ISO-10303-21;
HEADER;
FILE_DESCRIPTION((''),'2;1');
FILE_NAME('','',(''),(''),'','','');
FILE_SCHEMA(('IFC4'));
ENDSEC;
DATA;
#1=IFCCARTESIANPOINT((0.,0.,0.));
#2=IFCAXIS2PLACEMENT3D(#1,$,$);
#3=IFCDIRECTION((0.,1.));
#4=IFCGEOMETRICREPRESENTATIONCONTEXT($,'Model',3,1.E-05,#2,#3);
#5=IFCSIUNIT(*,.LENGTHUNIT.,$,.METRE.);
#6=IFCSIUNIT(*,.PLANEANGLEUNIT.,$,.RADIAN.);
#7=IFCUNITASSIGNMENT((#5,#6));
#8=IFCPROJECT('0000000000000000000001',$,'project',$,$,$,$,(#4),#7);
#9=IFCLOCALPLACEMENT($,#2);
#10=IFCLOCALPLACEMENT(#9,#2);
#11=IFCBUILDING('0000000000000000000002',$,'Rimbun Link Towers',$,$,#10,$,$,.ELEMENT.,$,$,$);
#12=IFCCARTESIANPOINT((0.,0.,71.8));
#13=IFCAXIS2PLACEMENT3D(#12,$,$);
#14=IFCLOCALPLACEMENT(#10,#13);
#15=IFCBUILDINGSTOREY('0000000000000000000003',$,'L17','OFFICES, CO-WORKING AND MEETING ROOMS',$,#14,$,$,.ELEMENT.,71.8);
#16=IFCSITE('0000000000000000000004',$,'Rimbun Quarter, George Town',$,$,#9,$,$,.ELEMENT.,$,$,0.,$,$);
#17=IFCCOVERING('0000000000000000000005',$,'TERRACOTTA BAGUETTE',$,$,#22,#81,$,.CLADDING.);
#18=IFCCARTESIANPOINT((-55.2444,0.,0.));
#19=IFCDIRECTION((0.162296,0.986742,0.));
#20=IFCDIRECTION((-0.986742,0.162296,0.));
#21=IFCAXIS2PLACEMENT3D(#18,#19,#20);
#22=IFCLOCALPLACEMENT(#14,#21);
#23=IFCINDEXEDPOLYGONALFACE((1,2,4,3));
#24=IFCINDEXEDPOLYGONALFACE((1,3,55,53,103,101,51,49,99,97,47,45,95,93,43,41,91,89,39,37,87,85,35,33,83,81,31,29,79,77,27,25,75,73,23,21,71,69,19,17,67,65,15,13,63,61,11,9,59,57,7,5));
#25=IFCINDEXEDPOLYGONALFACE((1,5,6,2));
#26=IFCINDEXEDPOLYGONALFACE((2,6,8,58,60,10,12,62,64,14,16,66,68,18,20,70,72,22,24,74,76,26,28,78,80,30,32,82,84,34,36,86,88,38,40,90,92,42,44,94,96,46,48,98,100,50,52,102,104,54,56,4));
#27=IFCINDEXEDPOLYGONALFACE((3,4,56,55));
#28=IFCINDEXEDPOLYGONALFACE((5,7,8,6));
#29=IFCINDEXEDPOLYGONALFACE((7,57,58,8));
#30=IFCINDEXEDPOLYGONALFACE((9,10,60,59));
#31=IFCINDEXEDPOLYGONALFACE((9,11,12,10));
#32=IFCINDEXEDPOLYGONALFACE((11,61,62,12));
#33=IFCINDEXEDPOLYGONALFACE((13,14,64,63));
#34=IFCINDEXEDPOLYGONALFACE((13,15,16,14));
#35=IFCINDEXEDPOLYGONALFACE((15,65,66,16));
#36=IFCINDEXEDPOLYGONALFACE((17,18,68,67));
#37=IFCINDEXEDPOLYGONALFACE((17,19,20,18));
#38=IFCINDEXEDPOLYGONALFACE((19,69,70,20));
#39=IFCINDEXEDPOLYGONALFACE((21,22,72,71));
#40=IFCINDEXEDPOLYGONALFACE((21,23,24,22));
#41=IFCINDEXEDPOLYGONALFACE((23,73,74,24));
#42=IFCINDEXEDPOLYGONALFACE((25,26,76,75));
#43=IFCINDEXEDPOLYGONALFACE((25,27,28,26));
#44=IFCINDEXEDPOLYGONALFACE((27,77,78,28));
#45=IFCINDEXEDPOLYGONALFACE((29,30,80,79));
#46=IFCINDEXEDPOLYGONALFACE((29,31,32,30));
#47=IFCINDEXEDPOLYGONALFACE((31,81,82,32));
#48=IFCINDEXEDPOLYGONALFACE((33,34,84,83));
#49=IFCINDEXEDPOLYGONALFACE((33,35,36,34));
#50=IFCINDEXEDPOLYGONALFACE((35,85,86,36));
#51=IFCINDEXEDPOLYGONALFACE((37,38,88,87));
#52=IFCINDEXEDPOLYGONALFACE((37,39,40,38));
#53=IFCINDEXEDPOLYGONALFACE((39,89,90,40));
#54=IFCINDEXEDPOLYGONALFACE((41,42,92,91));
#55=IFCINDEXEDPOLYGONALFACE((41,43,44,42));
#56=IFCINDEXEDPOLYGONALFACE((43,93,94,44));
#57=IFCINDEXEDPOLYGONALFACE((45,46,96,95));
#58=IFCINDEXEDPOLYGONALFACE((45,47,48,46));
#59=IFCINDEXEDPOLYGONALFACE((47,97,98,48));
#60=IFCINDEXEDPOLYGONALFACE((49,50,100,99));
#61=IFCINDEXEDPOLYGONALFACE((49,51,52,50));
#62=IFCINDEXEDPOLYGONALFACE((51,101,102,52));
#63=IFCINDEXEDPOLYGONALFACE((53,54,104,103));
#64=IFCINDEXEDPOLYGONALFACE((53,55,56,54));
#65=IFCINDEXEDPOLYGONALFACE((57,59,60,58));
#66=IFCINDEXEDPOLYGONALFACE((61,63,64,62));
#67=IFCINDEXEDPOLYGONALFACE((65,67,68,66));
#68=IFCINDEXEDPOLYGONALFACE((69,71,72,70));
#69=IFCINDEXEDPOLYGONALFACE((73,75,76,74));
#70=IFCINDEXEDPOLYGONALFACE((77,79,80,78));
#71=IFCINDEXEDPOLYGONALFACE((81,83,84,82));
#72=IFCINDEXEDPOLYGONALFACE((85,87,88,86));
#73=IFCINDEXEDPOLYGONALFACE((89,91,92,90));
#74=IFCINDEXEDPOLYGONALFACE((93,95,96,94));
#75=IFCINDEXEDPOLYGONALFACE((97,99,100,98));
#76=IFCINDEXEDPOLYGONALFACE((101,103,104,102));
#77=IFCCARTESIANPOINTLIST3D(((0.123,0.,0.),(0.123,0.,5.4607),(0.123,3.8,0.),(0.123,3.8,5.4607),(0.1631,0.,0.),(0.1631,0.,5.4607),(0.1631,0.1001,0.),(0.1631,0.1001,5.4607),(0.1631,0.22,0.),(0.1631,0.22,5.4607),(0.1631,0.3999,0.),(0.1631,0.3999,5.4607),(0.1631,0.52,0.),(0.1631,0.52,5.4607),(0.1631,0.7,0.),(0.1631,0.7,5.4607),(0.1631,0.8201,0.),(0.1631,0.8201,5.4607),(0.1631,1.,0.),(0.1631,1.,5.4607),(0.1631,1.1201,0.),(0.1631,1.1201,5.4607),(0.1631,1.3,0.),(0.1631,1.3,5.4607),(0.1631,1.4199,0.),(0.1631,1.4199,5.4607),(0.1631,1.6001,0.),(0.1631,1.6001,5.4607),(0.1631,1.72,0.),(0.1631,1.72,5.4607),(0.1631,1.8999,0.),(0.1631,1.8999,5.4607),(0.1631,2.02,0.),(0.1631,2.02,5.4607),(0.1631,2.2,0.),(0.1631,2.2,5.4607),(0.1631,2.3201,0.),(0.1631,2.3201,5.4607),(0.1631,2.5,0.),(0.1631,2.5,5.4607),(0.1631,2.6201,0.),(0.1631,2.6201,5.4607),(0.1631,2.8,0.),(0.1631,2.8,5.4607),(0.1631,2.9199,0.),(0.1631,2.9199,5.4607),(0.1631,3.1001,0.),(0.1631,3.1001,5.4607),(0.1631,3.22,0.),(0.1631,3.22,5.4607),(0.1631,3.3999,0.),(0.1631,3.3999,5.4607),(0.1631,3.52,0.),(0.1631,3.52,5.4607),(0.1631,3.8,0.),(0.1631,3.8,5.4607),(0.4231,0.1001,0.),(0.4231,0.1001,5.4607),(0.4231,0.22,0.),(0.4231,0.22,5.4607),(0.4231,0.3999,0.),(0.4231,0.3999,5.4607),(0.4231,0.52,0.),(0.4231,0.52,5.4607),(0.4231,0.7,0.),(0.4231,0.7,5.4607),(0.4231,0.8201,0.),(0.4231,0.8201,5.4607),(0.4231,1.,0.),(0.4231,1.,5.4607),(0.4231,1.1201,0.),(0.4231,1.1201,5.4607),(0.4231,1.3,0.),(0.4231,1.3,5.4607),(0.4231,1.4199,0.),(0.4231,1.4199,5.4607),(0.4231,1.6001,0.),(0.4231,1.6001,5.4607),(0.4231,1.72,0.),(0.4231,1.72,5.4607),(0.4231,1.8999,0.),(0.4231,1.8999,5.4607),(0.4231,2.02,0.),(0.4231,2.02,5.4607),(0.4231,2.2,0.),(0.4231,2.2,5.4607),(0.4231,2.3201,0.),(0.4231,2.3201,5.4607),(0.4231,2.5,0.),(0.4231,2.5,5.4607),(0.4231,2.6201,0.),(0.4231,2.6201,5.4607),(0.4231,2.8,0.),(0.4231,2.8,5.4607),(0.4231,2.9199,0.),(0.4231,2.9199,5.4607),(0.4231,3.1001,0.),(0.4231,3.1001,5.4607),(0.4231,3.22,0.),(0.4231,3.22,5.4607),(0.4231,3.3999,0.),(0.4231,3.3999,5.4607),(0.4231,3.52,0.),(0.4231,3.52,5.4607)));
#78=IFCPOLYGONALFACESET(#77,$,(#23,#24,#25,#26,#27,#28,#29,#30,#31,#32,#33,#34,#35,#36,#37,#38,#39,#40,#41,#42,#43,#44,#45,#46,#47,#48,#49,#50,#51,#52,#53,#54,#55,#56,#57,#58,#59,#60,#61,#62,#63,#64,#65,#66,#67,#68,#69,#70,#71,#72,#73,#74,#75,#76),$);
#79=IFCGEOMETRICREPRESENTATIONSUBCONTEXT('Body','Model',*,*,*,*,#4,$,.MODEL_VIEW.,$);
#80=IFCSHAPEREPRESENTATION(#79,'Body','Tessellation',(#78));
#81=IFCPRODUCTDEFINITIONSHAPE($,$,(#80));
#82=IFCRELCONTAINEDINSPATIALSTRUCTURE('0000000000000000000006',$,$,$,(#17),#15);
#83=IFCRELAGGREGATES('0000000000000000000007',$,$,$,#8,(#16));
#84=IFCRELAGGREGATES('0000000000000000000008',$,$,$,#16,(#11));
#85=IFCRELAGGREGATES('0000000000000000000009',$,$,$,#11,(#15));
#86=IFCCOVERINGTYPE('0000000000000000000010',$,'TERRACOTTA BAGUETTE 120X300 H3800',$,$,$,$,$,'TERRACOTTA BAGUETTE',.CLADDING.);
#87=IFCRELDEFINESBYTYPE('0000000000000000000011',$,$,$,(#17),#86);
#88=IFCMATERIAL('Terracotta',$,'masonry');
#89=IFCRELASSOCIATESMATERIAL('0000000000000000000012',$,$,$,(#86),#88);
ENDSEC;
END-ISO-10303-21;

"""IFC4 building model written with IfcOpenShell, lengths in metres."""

from ifc_helpers import new_model, si_unit, direction, frame, origin, place, context, subcontext, project, spatial, polyline, outline, extrude, material, material_profile, profile_set, type_object, element, save


model = new_model("IFC4")

# Units and contexts
model_context = context("Model", 3, precision=1e-05, world=origin(), true_north=direction((0.0, 1.0)))
body_context = subcontext(model_context, "Body", "Model", "MODEL_VIEW")
ifc_project = project(units=[si_unit("LENGTHUNIT", "METRE"), si_unit("PLANEANGLEUNIT", "RADIAN")], contexts=[model_context])

# Site, building, storey
site_placement = place(None, origin())
site = spatial("IfcSite", under=ifc_project, at=site_placement, Name="Rimbun Quarter, George Town", CompositionType="ELEMENT", RefElevation=0.0)
building_placement = place(site_placement, origin())
building = spatial("IfcBuilding", under=site, at=building_placement, Name="Rimbun Link Towers", CompositionType="ELEMENT")
storey_placement = place(building_placement, frame((0.0, 0.0, 71.8)))
storey = spatial("IfcBuildingStorey", under=building, at=storey_placement, Name="L17", Description="OFFICES, CO-WORKING AND MEETING ROOMS", CompositionType="ELEMENT", Elevation=71.8)

# Covering
ifc_material_1 = material(Name="Terracotta", Category="masonry")
ifc_material_profile_1 = material_profile(ifc_material_1, outline(polyline([(0.123, 0.0), (0.1631, 0.0), (0.1631, 0.1001), (0.4231, 0.1001), (0.4231, 0.22), (0.1631, 0.22), (0.1631, 0.3999), (0.4231, 0.3999), (0.4231, 0.52), (0.1631, 0.52), (0.1631, 0.7), (0.4231, 0.7), (0.4231, 0.8201), (0.1631, 0.8201), (0.1631, 1.0), (0.4231, 1.0), (0.4231, 1.1201), (0.1631, 1.1201), (0.1631, 1.3), (0.4231, 1.3), (0.4231, 1.4199), (0.1631, 1.4199), (0.1631, 1.6001), (0.4231, 1.6001), (0.4231, 1.72), (0.1631, 1.72), (0.1631, 1.8999), (0.4231, 1.8999), (0.4231, 2.02), (0.1631, 2.02), (0.1631, 2.2), (0.4231, 2.2), (0.4231, 2.3201), (0.1631, 2.3201), (0.1631, 2.5), (0.4231, 2.5), (0.4231, 2.6201), (0.1631, 2.6201), (0.1631, 2.8), (0.4231, 2.8), (0.4231, 2.9199), (0.1631, 2.9199), (0.1631, 3.1001), (0.4231, 3.1001), (0.4231, 3.22), (0.1631, 3.22), (0.1631, 3.3999), (0.4231, 3.3999), (0.4231, 3.52), (0.1631, 3.52), (0.1631, 3.8), (0.123, 3.8), (0.123, 0.0)])), Name="BAGUETTE 120X300")
ifc_profile_set_1 = profile_set([ifc_material_profile_1], Name="Terracotta")
covering_type = type_object("IfcCoveringType", Name="TERRACOTTA BAGUETTE 120X300 H3800", ElementType="TERRACOTTA BAGUETTE", PredefinedType="CLADDING", material=ifc_profile_set_1)
covering_placement = place(storey_placement, frame((-55.2444, 0.0, 0.0), z_axis=(0.162296, 0.986742, 0.0), x_axis=(-0.986742, 0.162296, 0.0)))
element("IfcCovering", 1, at=covering_placement, inside=storey, type_object=covering_type, Name="TERRACOTTA BAGUETTE", PredefinedType="CLADDING", context=body_context, shape_type="SweptSolid", body=[
    extrude(outline(polyline([(0.123, 0.0), (0.1631, 0.0), (0.1631, 0.1001), (0.4231, 0.1001), (0.4231, 0.22), (0.1631, 0.22), (0.1631, 0.3999), (0.4231, 0.3999), (0.4231, 0.52), (0.1631, 0.52), (0.1631, 0.7), (0.4231, 0.7), (0.4231, 0.8201), (0.1631, 0.8201), (0.1631, 1.0), (0.4231, 1.0), (0.4231, 1.1201), (0.1631, 1.1201), (0.1631, 1.3), (0.4231, 1.3), (0.4231, 1.4199), (0.1631, 1.4199), (0.1631, 1.6001), (0.4231, 1.6001), (0.4231, 1.72), (0.1631, 1.72), (0.1631, 1.8999), (0.4231, 1.8999), (0.4231, 2.02), (0.1631, 2.02), (0.1631, 2.2), (0.4231, 2.2), (0.4231, 2.3201), (0.1631, 2.3201), (0.1631, 2.5), (0.4231, 2.5), (0.4231, 2.6201), (0.1631, 2.6201), (0.1631, 2.8), (0.4231, 2.8), (0.4231, 2.9199), (0.1631, 2.9199), (0.1631, 3.1001), (0.4231, 3.1001), (0.4231, 3.22), (0.1631, 3.22), (0.1631, 3.3999), (0.4231, 3.3999), (0.4231, 3.52), (0.1631, 3.52), (0.1631, 3.8), (0.123, 3.8), (0.123, 0.0)])), origin(), (0.0, 0.0, 1.0), 5.4607),
])

save(model, "model.ifc")
